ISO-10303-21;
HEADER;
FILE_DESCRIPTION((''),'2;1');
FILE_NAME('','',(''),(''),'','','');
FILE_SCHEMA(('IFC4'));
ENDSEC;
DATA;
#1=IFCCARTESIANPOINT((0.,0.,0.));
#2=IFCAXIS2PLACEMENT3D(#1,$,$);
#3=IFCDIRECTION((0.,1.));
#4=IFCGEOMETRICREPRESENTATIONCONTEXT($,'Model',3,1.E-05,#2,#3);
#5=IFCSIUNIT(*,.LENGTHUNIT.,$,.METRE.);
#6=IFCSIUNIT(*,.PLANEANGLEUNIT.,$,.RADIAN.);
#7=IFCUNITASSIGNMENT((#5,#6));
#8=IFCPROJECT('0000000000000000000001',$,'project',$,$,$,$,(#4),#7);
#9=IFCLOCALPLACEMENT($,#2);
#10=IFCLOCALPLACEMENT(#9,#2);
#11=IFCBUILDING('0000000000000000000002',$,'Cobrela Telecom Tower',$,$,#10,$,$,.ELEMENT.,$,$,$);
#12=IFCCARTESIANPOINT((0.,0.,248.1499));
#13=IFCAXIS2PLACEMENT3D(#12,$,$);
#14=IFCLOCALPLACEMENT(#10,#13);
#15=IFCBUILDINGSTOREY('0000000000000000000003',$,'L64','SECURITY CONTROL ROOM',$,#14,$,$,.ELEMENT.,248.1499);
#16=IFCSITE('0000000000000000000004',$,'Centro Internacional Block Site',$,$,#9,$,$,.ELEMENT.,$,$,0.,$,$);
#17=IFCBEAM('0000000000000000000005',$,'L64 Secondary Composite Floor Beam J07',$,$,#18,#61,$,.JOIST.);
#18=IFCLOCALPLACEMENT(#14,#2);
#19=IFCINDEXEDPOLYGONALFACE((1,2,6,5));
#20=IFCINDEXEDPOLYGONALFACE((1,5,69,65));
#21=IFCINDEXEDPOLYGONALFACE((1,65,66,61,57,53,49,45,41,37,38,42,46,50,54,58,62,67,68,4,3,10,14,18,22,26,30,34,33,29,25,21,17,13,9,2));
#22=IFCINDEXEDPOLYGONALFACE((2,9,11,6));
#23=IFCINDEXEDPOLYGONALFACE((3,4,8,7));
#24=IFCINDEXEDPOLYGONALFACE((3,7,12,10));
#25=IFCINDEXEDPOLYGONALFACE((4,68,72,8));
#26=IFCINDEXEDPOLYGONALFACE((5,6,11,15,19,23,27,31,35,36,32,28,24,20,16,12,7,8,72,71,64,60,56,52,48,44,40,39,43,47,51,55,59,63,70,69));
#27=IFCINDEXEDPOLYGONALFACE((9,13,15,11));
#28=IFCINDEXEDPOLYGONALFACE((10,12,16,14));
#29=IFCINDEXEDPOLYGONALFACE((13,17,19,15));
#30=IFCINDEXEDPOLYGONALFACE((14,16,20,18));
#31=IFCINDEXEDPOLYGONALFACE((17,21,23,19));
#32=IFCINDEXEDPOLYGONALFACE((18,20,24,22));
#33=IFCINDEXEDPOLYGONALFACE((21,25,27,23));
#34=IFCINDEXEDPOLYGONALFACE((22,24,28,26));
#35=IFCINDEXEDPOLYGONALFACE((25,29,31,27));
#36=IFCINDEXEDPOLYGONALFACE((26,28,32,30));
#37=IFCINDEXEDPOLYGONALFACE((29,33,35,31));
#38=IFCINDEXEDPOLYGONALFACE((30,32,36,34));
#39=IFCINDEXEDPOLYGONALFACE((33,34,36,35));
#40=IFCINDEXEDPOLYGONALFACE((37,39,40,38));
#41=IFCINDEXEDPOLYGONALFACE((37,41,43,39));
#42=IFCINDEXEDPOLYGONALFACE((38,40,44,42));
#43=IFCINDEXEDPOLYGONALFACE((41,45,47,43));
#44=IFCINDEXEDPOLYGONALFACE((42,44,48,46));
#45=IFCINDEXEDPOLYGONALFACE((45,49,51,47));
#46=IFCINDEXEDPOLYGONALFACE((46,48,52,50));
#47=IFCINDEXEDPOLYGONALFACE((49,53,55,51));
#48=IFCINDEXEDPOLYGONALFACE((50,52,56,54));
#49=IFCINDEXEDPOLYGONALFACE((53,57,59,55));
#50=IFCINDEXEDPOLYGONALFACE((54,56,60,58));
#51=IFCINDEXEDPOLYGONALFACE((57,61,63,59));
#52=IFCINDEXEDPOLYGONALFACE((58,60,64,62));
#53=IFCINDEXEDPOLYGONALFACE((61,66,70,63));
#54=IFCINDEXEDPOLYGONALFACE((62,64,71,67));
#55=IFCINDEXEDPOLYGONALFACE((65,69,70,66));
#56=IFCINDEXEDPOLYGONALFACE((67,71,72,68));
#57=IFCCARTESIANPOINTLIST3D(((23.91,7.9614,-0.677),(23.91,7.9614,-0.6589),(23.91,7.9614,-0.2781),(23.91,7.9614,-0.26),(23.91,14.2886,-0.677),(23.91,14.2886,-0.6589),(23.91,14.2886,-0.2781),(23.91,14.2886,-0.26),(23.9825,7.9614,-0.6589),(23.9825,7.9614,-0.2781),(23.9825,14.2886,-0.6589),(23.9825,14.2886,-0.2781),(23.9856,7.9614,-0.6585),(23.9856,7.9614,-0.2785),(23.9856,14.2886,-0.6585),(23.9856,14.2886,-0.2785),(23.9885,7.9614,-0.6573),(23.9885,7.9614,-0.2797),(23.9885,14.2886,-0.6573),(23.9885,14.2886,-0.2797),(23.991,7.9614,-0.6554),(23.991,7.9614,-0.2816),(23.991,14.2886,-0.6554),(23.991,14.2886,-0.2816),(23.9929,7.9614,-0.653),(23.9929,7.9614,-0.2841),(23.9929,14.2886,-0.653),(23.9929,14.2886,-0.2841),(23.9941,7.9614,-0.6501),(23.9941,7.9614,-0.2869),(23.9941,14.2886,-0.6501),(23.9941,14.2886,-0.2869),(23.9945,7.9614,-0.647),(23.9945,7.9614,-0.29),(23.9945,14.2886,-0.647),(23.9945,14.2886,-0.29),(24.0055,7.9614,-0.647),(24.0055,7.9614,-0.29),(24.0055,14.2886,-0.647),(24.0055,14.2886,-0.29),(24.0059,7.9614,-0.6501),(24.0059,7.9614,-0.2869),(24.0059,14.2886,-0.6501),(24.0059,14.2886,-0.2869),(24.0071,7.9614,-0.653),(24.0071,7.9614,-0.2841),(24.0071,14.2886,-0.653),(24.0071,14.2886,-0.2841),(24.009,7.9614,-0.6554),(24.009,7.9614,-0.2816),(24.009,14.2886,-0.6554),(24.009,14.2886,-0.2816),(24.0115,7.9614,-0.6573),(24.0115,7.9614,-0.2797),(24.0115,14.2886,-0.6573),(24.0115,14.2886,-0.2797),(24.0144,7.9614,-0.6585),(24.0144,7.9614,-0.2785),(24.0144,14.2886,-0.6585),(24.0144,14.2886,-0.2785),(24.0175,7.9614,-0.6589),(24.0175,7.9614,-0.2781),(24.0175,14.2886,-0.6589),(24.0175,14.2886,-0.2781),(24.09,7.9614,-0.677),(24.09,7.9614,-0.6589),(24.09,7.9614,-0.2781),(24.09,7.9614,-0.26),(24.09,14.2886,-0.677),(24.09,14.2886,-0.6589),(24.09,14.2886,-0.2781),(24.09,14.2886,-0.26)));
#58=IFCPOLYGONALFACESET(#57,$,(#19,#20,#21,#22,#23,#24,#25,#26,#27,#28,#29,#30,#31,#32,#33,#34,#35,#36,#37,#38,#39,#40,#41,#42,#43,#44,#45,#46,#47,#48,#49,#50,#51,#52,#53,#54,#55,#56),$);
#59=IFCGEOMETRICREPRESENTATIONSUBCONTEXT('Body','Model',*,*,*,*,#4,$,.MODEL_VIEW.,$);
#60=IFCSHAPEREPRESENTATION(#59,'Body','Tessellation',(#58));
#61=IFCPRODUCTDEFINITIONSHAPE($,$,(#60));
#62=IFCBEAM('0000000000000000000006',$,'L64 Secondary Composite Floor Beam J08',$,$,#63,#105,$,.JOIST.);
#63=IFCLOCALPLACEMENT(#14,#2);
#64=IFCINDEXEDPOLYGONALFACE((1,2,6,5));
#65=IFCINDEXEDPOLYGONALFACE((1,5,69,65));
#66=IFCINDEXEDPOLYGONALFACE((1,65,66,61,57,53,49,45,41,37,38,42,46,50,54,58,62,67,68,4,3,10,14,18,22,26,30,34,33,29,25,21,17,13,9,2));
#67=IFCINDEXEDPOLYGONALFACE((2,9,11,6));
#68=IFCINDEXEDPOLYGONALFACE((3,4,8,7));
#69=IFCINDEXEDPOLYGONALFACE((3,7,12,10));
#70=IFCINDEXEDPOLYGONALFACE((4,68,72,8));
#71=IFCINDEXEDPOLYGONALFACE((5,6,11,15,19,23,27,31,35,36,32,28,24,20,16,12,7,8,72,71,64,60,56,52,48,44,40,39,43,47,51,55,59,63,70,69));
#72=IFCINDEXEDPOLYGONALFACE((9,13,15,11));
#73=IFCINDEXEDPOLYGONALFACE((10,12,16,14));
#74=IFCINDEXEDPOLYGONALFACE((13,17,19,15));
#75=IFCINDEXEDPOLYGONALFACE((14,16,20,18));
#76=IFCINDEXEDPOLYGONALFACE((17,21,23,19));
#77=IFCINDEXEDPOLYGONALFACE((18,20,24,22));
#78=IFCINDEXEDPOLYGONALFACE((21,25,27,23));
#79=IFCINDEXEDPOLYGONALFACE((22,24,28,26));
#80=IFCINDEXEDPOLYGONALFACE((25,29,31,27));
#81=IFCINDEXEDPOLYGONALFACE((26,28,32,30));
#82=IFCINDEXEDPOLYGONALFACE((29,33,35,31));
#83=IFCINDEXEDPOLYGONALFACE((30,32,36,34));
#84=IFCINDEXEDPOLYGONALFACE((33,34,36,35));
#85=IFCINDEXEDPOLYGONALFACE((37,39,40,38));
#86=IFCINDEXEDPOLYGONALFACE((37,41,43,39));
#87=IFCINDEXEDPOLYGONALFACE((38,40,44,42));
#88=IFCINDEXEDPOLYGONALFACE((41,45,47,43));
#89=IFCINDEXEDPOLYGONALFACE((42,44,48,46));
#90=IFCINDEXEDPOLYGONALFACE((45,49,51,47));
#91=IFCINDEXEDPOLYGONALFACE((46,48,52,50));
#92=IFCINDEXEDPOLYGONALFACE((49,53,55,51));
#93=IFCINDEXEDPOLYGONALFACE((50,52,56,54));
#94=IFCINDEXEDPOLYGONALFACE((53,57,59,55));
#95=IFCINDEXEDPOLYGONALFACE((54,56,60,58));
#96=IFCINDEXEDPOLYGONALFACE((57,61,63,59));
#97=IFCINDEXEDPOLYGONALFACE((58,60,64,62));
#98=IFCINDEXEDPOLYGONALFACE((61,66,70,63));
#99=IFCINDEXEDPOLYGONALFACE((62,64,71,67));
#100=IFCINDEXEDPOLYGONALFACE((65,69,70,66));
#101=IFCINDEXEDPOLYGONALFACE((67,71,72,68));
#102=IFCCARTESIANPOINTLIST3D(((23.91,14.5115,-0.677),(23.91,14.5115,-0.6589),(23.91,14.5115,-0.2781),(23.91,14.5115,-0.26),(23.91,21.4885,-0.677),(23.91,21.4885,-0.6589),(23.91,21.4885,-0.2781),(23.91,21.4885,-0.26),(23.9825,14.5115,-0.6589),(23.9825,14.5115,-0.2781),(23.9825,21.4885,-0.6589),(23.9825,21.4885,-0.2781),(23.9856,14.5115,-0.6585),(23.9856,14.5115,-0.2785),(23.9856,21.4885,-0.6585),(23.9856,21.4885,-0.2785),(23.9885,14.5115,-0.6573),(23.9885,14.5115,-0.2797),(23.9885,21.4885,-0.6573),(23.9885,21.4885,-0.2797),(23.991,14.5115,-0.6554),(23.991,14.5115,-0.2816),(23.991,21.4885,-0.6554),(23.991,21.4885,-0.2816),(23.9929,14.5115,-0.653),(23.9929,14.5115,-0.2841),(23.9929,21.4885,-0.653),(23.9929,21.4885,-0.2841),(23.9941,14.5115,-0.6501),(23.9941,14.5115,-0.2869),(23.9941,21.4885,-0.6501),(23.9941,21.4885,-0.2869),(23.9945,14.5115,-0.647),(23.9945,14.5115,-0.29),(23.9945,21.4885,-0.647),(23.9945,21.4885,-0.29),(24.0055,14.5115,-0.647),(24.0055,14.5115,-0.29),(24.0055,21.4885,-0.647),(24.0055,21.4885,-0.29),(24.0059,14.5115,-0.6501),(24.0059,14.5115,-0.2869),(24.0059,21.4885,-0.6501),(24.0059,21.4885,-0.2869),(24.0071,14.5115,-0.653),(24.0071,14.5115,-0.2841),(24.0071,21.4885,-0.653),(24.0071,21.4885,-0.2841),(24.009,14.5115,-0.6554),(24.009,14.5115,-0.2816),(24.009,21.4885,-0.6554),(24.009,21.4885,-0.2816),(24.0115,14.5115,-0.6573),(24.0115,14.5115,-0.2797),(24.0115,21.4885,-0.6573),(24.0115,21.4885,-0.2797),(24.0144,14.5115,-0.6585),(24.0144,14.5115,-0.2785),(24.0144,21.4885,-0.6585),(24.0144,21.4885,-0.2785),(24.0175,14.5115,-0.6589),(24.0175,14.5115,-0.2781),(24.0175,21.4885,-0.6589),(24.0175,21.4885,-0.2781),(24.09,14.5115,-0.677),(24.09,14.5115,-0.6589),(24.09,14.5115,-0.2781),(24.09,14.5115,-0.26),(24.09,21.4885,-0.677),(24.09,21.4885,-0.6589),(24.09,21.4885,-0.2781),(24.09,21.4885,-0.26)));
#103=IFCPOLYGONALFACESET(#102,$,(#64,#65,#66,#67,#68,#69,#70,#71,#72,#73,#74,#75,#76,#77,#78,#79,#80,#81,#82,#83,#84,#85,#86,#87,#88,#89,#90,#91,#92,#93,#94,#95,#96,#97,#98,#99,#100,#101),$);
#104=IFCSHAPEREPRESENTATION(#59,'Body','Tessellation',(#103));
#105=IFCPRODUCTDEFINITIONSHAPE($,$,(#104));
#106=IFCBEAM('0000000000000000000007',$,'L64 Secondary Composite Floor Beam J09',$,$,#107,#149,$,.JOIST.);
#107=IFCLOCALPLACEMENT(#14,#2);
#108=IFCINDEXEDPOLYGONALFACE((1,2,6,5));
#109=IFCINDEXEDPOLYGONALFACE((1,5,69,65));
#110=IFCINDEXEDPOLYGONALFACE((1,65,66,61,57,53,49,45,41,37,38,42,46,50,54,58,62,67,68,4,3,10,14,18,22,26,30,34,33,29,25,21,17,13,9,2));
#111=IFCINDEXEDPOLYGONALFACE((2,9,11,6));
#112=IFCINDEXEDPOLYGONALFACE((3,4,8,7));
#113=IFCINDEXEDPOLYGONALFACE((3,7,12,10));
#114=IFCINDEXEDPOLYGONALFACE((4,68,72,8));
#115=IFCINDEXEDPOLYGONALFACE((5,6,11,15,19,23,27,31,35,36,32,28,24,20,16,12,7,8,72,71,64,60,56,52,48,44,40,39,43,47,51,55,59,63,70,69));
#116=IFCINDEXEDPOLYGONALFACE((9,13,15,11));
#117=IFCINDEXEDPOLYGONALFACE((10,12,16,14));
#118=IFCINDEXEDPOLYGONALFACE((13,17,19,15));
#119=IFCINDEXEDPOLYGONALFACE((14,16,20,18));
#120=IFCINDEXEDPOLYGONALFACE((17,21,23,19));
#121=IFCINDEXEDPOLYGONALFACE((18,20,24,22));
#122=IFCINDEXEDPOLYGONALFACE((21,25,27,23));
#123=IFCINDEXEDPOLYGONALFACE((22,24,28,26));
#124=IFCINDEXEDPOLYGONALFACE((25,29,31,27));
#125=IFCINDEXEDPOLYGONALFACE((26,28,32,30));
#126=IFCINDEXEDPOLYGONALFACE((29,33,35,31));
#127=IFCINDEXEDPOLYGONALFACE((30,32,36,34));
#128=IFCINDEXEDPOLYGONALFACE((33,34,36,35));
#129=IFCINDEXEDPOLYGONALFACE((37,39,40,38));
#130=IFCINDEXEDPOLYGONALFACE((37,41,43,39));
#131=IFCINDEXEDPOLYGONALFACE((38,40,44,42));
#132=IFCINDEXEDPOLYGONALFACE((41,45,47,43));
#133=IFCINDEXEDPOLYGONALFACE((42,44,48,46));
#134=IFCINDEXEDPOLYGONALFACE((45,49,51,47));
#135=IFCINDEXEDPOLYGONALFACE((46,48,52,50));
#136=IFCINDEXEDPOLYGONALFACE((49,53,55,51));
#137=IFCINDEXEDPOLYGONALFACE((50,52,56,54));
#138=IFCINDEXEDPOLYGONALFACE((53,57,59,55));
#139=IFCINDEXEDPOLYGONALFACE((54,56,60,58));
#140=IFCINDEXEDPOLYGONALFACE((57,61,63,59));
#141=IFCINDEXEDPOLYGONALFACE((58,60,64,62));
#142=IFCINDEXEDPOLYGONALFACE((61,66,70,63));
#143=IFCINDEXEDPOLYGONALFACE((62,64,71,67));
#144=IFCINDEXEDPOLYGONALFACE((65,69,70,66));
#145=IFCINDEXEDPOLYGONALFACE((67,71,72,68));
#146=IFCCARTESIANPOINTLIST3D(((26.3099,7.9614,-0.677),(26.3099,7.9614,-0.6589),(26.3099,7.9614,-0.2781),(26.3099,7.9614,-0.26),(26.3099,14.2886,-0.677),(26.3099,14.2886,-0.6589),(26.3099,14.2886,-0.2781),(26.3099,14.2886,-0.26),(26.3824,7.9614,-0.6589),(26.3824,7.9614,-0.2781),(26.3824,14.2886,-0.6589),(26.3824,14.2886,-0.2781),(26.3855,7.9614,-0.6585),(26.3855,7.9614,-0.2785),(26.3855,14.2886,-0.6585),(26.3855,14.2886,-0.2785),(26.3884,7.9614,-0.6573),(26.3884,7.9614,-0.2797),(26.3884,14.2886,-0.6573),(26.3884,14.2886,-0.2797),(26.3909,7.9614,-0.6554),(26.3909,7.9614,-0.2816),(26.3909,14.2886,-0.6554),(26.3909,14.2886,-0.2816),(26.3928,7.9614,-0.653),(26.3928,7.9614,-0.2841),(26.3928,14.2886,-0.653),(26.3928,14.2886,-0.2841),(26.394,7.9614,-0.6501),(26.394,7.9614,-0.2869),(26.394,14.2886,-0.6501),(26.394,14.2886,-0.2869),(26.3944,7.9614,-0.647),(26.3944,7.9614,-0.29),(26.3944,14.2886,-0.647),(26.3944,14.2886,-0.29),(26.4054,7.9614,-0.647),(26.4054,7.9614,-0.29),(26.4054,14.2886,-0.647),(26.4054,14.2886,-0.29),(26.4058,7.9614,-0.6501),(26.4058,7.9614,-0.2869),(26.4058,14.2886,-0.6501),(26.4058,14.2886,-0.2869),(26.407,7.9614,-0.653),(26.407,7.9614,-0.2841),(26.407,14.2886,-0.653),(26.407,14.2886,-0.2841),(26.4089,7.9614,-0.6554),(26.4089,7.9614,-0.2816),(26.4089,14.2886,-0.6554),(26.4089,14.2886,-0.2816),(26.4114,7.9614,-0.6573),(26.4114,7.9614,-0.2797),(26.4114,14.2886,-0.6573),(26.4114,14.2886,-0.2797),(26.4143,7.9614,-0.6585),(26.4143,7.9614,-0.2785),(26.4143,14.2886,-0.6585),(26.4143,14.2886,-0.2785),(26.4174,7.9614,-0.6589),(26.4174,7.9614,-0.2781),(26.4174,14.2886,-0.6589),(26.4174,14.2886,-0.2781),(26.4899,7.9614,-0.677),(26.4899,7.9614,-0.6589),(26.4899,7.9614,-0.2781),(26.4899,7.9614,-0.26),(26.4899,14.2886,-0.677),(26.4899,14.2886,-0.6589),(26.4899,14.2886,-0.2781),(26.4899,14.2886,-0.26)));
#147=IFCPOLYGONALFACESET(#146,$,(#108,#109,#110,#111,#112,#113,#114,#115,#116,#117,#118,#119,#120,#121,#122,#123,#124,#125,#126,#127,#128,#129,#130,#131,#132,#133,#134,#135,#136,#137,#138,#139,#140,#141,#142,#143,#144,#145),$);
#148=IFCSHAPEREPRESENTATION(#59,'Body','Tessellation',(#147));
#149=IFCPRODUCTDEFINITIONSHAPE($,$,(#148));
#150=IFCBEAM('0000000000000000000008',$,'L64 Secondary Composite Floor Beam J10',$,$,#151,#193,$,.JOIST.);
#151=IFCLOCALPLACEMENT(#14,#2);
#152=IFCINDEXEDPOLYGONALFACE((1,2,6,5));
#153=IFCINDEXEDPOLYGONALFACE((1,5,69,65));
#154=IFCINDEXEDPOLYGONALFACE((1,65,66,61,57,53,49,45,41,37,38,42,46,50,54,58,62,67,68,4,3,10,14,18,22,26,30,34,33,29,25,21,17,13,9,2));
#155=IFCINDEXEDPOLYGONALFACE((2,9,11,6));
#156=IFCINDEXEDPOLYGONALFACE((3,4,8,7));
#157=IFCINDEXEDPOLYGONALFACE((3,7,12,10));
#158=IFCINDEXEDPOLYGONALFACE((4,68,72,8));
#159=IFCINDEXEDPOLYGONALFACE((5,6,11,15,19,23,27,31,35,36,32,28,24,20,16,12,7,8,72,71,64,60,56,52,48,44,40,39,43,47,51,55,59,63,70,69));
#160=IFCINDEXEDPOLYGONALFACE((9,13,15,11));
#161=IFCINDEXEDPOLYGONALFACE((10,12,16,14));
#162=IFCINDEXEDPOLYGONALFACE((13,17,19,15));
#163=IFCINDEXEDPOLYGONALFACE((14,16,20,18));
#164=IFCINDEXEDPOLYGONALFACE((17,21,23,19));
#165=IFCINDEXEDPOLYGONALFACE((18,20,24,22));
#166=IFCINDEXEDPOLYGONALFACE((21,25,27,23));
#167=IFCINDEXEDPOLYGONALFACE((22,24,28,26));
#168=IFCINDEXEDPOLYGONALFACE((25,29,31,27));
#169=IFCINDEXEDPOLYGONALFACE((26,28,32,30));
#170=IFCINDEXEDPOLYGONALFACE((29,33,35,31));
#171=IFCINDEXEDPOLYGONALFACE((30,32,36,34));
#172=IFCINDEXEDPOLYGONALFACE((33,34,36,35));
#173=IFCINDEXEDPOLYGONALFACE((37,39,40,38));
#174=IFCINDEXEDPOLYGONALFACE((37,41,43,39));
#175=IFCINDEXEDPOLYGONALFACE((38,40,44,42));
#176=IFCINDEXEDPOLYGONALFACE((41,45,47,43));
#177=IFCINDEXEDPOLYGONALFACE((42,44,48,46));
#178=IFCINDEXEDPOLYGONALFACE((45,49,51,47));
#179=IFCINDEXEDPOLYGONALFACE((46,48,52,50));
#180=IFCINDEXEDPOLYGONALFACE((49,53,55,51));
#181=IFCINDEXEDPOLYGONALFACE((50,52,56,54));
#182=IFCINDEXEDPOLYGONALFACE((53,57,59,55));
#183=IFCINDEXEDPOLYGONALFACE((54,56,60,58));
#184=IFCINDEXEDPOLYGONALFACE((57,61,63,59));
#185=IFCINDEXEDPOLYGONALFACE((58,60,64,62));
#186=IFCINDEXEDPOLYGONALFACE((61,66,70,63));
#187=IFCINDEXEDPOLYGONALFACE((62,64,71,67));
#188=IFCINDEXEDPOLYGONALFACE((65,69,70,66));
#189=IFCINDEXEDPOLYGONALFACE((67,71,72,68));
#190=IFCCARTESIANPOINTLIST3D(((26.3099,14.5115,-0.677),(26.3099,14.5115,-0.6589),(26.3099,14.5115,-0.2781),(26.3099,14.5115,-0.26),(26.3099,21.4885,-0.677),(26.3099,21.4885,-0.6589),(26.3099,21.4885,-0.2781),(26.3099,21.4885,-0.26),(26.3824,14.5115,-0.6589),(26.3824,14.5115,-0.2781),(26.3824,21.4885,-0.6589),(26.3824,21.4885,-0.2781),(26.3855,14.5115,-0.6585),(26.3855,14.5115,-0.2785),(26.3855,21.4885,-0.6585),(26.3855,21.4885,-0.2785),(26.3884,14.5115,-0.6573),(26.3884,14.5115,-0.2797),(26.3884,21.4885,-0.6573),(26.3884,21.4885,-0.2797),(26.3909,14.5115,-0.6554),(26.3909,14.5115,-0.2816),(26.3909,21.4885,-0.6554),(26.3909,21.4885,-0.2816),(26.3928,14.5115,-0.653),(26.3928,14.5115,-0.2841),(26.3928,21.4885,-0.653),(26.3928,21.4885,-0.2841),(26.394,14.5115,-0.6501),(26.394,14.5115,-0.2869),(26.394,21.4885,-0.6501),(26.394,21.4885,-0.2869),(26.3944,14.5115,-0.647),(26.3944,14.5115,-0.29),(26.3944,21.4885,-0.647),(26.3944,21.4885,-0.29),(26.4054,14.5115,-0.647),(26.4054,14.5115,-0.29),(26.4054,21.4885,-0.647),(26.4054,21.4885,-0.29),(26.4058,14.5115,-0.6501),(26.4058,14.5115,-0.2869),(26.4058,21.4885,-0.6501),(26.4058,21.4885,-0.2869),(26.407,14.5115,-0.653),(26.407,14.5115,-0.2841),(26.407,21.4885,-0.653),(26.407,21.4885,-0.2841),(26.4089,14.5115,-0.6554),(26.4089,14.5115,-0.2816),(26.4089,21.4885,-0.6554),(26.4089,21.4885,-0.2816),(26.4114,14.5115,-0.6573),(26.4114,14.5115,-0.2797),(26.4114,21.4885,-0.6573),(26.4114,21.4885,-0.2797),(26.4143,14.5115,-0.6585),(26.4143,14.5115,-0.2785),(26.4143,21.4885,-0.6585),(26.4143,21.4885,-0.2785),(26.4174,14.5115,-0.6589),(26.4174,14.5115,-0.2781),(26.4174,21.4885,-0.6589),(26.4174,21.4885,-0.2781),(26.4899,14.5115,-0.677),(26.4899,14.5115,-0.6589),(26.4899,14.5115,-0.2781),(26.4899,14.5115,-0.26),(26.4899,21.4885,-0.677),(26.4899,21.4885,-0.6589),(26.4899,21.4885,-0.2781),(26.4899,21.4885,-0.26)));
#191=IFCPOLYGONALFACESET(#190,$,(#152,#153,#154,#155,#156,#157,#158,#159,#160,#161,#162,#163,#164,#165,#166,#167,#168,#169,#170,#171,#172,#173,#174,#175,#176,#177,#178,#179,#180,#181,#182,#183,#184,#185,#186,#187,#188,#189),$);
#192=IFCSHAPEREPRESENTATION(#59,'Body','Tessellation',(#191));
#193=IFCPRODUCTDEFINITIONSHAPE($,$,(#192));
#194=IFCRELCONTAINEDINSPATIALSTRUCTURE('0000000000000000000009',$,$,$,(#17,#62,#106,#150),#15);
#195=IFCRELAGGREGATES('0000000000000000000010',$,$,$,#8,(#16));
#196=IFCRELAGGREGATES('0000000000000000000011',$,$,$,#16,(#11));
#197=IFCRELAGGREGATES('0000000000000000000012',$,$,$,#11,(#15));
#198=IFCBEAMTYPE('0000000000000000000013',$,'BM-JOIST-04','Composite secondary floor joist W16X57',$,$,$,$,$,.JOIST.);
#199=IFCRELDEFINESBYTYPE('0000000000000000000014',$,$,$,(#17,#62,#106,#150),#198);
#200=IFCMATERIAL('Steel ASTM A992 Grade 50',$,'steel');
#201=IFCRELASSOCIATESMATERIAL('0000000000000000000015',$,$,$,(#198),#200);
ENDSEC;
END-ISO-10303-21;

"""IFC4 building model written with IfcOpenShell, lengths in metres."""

from ifc_helpers import new_model, si_unit, direction, frame, origin, origin_2d, place, context, subcontext, project, spatial, i_section, extrude, material, material_profile, profile_set, type_object, element, save


model = new_model("IFC4")

# Units and contexts
model_context = context("Model", 3, precision=1e-05, world=origin(), true_north=direction((0.0, 1.0)))
body_context = subcontext(model_context, "Body", "Model", "MODEL_VIEW")
ifc_project = project(units=[si_unit("LENGTHUNIT", "METRE"), si_unit("PLANEANGLEUNIT", "RADIAN")], contexts=[model_context])

# Site, building, storey
site_placement = place(None, origin())
site = spatial("IfcSite", under=ifc_project, at=site_placement, Name="Centro Internacional Block Site", CompositionType="ELEMENT", RefElevation=0.0)
building_placement = place(site_placement, origin())
building = spatial("IfcBuilding", under=site, at=building_placement, Name="Cobrela Telecom Tower", CompositionType="ELEMENT")
storey_placement = place(building_placement, frame((0.0, 0.0, 248.1499)))
storey = spatial("IfcBuildingStorey", under=building, at=storey_placement, Name="L64", Description="SECURITY CONTROL ROOM", CompositionType="ELEMENT", Elevation=248.1499)

# Shared definitions
ifc_material_1 = material(Name="Steel ASTM A992 Grade 50", Category="steel")

# Beams
ifc_material_profile_1 = material_profile(ifc_material_1, i_section(OverallWidth=0.1799, OverallDepth=0.417, WebThickness=0.011, FlangeThickness=0.0181, FilletRadius=0.012, at=origin_2d()), Name="W16X57")
ifc_profile_set_1 = profile_set([ifc_material_profile_1], Name="Steel ASTM A992 Grade 50")
beam_type_1 = type_object("IfcBeamType", Name="BM-JOIST-04", Description="Composite secondary floor joist W16X57", PredefinedType="JOIST", material=ifc_profile_set_1)
beam_1_placement = place(storey_placement, frame((24.0, 7.9614, -0.4685), z_axis=(0.0, 1.0, 0.0), x_axis=(-1.0, 0.0, 0.0)))
element("IfcBeam", 1, at=beam_1_placement, inside=storey, type_object=beam_type_1, Name="L64 Secondary Composite Floor Beam J07", PredefinedType="JOIST", context=body_context, shape_type="SweptSolid", body=[
    extrude(i_section(OverallWidth=0.1799, OverallDepth=0.417, WebThickness=0.011, FlangeThickness=0.0181, FilletRadius=0.012, at=origin_2d()), origin(), (0.0, 0.0, 1.0), 6.3271),
])
beam_2_placement = place(storey_placement, frame((24.0, 14.5115, -0.4685), z_axis=(0.0, 1.0, 0.0), x_axis=(-1.0, 0.0, 0.0)))
element("IfcBeam", 2, at=beam_2_placement, inside=storey, type_object=beam_type_1, Name="L64 Secondary Composite Floor Beam J08", PredefinedType="JOIST", context=body_context, shape_type="SweptSolid", body=[
    extrude(i_section(OverallWidth=0.1799, OverallDepth=0.417, WebThickness=0.011, FlangeThickness=0.0181, FilletRadius=0.012, at=origin_2d()), origin(), (0.0, 0.0, 1.0), 6.9771),
])
beam_3_placement = place(storey_placement, frame((26.3999, 7.9614, -0.4685), z_axis=(0.0, 1.0, 0.0), x_axis=(-1.0, 0.0, 0.0)))
element("IfcBeam", 3, at=beam_3_placement, inside=storey, type_object=beam_type_1, Name="L64 Secondary Composite Floor Beam J09", PredefinedType="JOIST", context=body_context, shape_type="SweptSolid", body=[
    extrude(i_section(OverallWidth=0.1799, OverallDepth=0.417, WebThickness=0.011, FlangeThickness=0.0181, FilletRadius=0.012, at=origin_2d()), origin(), (0.0, 0.0, 1.0), 6.3271),
])
beam_4_placement = place(storey_placement, frame((26.3999, 14.5115, -0.4685), z_axis=(0.0, 1.0, 0.0), x_axis=(-1.0, 0.0, 0.0)))
element("IfcBeam", 4, at=beam_4_placement, inside=storey, type_object=beam_type_1, Name="L64 Secondary Composite Floor Beam J10", PredefinedType="JOIST", context=body_context, shape_type="SweptSolid", body=[
    extrude(i_section(OverallWidth=0.1799, OverallDepth=0.417, WebThickness=0.011, FlangeThickness=0.0181, FilletRadius=0.012, at=origin_2d()), origin(), (0.0, 0.0, 1.0), 6.9771),
])

save(model, "model.ifc")
